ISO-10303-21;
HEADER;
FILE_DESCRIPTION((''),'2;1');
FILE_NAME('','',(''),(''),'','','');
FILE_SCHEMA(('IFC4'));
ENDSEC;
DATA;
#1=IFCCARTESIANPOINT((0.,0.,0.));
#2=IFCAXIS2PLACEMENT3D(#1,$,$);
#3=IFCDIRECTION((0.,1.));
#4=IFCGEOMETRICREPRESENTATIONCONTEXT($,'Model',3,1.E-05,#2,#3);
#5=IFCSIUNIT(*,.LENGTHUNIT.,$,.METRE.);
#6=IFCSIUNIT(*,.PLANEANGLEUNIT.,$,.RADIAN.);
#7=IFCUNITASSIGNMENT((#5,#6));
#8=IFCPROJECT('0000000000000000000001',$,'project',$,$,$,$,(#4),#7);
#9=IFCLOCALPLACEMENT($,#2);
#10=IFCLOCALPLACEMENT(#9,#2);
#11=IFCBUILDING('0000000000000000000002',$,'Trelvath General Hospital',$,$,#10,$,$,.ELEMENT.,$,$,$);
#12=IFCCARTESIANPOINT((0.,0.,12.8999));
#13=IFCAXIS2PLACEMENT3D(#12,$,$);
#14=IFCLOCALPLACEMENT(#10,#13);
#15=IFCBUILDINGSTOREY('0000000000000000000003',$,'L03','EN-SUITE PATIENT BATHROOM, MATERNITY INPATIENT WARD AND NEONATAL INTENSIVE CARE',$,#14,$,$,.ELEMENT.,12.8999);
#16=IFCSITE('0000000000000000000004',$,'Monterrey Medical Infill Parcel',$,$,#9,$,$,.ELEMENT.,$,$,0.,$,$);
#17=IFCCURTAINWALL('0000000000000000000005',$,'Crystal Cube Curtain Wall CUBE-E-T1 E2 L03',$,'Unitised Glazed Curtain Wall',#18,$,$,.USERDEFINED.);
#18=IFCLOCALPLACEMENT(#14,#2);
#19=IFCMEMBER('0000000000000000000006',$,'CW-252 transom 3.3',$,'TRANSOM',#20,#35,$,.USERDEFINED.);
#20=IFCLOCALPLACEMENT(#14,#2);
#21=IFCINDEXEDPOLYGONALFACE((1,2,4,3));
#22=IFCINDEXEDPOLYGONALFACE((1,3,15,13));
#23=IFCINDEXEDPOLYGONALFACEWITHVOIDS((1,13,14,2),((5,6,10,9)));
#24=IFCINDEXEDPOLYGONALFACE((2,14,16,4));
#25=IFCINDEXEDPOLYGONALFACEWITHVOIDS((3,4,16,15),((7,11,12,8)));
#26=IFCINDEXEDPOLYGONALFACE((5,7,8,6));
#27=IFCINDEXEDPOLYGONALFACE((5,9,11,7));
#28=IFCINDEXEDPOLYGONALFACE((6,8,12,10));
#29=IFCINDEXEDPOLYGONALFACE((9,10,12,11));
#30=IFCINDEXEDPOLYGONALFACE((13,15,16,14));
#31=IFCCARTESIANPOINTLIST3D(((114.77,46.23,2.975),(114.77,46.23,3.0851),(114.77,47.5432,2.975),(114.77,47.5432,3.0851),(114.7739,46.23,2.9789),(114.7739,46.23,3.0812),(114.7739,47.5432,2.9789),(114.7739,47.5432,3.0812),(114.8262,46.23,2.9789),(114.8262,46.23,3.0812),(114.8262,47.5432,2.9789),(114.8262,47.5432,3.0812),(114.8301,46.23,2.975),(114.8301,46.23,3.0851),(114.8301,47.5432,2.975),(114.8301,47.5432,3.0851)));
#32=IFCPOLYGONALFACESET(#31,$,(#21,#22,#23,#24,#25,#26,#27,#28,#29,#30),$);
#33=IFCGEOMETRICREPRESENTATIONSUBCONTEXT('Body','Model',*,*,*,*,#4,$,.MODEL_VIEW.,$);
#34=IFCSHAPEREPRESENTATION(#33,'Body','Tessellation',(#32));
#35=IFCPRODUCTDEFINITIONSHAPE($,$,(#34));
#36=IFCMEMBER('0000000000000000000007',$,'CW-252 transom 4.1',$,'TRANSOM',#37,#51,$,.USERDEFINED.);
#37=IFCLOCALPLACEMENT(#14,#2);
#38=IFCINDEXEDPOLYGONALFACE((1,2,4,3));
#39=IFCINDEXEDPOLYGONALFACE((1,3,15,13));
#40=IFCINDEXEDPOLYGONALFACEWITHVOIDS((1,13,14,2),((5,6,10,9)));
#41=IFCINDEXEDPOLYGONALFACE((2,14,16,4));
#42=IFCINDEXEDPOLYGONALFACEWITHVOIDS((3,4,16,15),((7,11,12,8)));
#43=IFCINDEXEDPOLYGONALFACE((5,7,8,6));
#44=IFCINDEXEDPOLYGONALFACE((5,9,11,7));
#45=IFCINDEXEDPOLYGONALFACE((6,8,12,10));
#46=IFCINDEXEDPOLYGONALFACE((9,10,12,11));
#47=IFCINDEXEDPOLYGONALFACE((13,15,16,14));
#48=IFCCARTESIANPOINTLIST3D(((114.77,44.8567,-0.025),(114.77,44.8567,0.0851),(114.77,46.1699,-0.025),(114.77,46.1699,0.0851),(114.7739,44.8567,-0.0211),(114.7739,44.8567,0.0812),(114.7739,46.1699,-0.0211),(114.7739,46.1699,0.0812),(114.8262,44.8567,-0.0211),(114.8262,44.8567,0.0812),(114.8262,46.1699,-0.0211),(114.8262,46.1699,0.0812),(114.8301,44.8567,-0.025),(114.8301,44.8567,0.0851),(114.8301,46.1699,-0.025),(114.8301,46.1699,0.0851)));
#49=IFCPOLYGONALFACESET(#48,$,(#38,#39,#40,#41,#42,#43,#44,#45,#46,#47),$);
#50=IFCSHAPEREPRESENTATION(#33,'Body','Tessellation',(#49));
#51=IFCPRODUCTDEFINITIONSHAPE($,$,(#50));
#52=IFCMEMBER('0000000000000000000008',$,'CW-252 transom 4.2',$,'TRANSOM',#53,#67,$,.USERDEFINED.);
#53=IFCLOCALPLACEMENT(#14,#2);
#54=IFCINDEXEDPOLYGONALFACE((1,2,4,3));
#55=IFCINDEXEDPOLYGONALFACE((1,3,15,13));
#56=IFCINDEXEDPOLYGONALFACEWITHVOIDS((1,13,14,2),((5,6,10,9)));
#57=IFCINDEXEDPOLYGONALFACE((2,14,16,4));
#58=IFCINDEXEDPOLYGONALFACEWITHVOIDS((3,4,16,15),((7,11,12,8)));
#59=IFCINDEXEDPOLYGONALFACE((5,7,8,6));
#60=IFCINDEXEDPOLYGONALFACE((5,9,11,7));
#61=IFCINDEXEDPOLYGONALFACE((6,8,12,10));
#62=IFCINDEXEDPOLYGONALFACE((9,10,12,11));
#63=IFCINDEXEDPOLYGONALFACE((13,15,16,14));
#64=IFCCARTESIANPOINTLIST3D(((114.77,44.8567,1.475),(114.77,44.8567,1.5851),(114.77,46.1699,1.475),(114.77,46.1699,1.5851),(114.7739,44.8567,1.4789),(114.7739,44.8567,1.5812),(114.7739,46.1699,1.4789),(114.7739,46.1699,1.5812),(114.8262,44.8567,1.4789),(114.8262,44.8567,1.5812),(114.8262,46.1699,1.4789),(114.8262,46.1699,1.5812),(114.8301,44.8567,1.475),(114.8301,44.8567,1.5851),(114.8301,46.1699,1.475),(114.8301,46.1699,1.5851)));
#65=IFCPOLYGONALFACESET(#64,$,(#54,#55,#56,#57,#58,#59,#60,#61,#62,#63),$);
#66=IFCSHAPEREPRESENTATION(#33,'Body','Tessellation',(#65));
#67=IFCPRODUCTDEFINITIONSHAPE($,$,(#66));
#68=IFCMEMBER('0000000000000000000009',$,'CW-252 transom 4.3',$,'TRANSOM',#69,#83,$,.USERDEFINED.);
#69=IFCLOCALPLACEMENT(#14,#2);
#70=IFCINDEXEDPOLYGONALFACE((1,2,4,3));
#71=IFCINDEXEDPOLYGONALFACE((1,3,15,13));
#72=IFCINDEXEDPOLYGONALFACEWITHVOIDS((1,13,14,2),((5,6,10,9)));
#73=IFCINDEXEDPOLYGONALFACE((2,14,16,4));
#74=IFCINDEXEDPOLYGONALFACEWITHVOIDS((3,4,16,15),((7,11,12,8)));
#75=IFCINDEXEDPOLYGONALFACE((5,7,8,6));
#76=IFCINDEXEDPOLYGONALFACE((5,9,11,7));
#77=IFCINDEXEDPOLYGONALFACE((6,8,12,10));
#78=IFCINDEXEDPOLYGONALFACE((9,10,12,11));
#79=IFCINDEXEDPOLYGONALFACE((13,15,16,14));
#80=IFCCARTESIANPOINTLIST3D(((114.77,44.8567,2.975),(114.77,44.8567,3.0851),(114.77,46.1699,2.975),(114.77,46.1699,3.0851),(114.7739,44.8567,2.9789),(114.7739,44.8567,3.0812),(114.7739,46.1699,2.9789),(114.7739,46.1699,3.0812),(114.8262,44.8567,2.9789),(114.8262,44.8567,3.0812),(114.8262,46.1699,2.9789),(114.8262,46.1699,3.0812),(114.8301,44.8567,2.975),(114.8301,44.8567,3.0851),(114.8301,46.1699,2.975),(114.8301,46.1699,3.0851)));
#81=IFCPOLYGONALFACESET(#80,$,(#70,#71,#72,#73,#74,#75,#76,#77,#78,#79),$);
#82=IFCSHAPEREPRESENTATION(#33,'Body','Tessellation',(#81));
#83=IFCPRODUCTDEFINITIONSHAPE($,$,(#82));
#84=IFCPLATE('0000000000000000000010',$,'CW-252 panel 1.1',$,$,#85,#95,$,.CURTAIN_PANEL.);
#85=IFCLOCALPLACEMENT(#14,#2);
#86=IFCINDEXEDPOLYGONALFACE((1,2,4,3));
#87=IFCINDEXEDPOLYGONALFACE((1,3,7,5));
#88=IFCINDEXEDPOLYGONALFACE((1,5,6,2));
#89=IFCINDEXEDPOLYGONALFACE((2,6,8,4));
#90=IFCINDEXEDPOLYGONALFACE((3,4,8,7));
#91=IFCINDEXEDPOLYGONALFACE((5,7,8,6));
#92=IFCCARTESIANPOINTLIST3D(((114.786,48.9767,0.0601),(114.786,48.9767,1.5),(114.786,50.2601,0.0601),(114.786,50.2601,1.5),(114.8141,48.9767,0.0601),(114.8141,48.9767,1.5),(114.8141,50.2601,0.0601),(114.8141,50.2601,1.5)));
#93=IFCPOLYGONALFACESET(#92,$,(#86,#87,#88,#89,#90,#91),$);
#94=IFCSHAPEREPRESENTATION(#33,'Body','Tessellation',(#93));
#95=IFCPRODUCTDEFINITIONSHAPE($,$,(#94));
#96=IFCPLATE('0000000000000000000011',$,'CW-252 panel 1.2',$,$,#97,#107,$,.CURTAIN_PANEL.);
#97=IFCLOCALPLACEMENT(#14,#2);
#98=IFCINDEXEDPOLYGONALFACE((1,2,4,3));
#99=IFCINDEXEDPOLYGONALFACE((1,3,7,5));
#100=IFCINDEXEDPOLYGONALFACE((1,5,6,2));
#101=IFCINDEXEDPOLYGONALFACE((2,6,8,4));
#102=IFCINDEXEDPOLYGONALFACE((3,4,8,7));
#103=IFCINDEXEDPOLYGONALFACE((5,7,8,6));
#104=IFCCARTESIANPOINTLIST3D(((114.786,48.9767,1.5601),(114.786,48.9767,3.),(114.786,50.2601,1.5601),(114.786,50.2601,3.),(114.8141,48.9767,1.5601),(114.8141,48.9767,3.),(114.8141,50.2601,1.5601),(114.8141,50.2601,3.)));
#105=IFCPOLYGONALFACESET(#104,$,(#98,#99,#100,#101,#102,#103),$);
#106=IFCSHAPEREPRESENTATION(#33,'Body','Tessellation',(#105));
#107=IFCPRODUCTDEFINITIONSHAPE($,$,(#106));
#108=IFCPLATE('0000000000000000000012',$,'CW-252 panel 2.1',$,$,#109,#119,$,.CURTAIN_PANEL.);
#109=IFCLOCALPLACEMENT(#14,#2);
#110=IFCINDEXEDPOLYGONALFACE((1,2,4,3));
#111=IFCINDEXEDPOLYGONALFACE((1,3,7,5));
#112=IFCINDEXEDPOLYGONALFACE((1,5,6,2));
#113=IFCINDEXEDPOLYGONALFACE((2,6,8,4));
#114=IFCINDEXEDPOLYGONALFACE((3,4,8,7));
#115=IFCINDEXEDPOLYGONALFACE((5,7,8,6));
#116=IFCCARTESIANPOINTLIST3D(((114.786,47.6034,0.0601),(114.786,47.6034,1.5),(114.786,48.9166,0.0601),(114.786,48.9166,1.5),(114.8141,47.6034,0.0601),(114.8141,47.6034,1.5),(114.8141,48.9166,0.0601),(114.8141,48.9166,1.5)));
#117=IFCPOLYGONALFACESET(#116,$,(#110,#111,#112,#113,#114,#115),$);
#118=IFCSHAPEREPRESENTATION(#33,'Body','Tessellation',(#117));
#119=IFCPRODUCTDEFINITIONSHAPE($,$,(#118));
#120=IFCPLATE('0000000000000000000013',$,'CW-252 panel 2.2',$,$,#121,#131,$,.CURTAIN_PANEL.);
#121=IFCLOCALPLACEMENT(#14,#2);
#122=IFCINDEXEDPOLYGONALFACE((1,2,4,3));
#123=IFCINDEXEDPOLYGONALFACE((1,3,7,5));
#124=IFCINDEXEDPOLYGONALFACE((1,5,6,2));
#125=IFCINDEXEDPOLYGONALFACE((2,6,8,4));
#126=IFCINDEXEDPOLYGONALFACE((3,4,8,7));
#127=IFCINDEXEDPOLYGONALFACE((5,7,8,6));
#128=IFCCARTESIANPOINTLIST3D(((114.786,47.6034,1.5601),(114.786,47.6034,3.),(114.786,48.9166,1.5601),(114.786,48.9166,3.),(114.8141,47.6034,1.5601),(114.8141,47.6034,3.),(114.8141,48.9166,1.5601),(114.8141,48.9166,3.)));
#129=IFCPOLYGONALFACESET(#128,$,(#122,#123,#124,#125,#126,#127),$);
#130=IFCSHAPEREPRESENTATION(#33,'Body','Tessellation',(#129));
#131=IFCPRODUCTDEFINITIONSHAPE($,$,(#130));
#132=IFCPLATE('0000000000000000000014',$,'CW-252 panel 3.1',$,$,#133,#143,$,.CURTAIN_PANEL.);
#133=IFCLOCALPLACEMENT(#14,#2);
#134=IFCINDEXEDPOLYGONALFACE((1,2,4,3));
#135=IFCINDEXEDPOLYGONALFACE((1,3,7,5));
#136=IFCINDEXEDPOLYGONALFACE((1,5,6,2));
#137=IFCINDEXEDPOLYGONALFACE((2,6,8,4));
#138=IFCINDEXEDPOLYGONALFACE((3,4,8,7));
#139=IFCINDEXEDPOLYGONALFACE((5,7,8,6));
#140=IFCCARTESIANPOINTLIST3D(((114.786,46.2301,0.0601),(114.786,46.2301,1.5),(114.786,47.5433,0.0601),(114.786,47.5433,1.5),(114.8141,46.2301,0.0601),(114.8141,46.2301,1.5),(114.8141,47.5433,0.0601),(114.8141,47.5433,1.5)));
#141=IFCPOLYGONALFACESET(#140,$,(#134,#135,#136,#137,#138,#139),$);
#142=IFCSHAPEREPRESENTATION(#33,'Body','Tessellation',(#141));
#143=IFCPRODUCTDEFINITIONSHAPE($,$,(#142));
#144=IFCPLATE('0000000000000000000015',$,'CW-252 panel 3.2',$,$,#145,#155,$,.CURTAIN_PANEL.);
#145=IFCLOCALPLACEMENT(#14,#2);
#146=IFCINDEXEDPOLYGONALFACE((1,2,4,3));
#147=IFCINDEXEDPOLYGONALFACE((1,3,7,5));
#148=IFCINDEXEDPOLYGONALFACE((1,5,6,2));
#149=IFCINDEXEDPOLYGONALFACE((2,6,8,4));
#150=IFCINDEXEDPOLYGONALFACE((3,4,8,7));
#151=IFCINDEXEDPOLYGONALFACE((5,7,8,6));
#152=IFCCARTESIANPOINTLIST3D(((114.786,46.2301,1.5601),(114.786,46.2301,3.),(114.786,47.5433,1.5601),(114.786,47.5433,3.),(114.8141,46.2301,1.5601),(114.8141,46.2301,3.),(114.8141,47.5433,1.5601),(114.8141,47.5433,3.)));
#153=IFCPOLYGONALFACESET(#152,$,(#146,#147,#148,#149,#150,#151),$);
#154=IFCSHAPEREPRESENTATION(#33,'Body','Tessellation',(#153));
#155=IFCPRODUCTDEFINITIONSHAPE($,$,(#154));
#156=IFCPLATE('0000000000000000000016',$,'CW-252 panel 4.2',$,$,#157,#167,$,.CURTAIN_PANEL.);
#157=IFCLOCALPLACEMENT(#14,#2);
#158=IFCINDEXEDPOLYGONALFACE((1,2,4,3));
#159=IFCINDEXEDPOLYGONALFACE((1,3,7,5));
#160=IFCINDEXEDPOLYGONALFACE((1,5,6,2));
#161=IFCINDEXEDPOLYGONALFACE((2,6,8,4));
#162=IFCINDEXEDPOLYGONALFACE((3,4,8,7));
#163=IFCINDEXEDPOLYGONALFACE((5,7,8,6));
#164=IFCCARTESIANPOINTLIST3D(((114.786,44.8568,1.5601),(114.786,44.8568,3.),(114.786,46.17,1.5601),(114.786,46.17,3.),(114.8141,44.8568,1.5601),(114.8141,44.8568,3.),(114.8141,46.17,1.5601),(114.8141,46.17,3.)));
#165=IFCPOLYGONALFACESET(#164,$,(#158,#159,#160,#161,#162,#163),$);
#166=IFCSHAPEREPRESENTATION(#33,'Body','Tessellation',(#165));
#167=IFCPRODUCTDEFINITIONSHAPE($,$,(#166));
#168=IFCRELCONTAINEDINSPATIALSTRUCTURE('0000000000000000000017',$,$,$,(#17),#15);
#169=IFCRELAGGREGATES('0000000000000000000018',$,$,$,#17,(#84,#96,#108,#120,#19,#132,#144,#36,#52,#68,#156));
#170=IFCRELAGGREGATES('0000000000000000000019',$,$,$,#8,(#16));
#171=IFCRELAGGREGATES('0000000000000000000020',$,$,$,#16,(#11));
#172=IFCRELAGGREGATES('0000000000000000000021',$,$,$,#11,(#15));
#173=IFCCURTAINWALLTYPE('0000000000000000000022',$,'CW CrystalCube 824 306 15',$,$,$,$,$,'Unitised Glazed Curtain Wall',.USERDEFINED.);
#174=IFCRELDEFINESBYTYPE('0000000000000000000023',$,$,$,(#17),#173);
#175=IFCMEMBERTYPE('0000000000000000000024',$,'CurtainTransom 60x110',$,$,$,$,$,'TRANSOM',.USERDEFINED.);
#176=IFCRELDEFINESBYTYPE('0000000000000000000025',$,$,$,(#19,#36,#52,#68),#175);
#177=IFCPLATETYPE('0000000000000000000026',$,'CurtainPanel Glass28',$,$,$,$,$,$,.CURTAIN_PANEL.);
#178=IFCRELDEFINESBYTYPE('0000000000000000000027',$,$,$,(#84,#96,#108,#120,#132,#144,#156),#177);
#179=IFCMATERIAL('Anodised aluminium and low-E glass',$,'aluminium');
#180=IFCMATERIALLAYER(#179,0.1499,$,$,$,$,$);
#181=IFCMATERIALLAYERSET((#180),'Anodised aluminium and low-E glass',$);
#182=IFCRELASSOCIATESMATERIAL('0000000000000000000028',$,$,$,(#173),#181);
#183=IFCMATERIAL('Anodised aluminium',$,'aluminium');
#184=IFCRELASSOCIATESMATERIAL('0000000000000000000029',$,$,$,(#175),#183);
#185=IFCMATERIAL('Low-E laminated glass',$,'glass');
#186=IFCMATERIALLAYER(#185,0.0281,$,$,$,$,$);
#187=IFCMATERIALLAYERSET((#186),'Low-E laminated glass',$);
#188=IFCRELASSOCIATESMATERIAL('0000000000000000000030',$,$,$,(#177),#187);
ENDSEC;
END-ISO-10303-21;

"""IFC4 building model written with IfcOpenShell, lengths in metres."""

from ifc_helpers import new_model, si_unit, direction, frame, origin, origin_2d, place, context, subcontext, project, spatial, rectangle, hollow_rectangle, extrude, material, layer, layer_set, material_profile, profile_set, type_object, element, aggregate, save


model = new_model("IFC4")

# Units and contexts
model_context = context("Model", 3, precision=1e-05, world=origin(), true_north=direction((0.0, 1.0)))
body_context = subcontext(model_context, "Body", "Model", "MODEL_VIEW")
ifc_project = project(units=[si_unit("LENGTHUNIT", "METRE"), si_unit("PLANEANGLEUNIT", "RADIAN")], contexts=[model_context])

# Site, building, storey
site_placement = place(None, origin())
site = spatial("IfcSite", under=ifc_project, at=site_placement, Name="Monterrey Medical Infill Parcel", CompositionType="ELEMENT", RefElevation=0.0)
building_placement = place(site_placement, origin())
building = spatial("IfcBuilding", under=site, at=building_placement, Name="Trelvath General Hospital", CompositionType="ELEMENT")
storey_placement = place(building_placement, frame((0.0, 0.0, 12.8999)))
storey = spatial("IfcBuildingStorey", under=building, at=storey_placement, Name="L03", Description="EN-SUITE PATIENT BATHROOM, MATERNITY INPATIENT WARD AND NEONATAL INTENSIVE CARE", CompositionType="ELEMENT", Elevation=12.8999)

# Curtain wall, members, plates
ifc_material_1 = material(Name="Anodised aluminium and low-E glass", Category="aluminium")
ifc_layer_1 = layer(ifc_material_1, 0.1499)
ifc_layer_set_1 = layer_set([ifc_layer_1], Name="Anodised aluminium and low-E glass")
curtain_wall_type = type_object("IfcCurtainWallType", Name="CW CrystalCube 824 306 15", ElementType="Unitised Glazed Curtain Wall", PredefinedType="USERDEFINED", material=ifc_layer_set_1)
curtain_wall_placement = place(storey_placement, origin())
curtain_wall = element("IfcCurtainWall", 1, at=curtain_wall_placement, inside=storey, type_object=curtain_wall_type, Name="Crystal Cube Curtain Wall CUBE-E-T1 E2 L03", ObjectType="Unitised Glazed Curtain Wall", PredefinedType="USERDEFINED")
ifc_material_2 = material(Name="Anodised aluminium", Category="aluminium")
ifc_material_profile_1 = material_profile(ifc_material_2, hollow_rectangle(XDim=0.0601, YDim=0.1101, WallThickness=0.0039, at=origin_2d()), Name="RHS60x110x4")
ifc_profile_set_1 = profile_set([ifc_material_profile_1], Name="Anodised aluminium")
member_type_1 = type_object("IfcMemberType", Name="CurtainTransom 60x110", ElementType="TRANSOM", PredefinedType="USERDEFINED", material=ifc_profile_set_1)
member_1_placement = place(storey_placement, frame((114.8, 47.5432, 3.03), z_axis=(0.0, -1.0, 0.0), x_axis=(1.0, 0.0, 0.0)))
member_1 = element("IfcMember", 2, at=member_1_placement, type_object=member_type_1, Name="CW-252 transom 3.3", ObjectType="TRANSOM", PredefinedType="USERDEFINED", context=body_context, shape_type="SweptSolid", body=[
    extrude(hollow_rectangle(XDim=0.0601, YDim=0.1101, WallThickness=0.0039, at=origin_2d()), origin(), (0.0, 0.0, 1.0), 1.3132),
])
member_2_placement = place(storey_placement, frame((114.8, 46.1699, 0.03), z_axis=(0.0, -1.0, 0.0), x_axis=(1.0, 0.0, 0.0)))
member_2 = element("IfcMember", 3, at=member_2_placement, type_object=member_type_1, Name="CW-252 transom 4.1", ObjectType="TRANSOM", PredefinedType="USERDEFINED", context=body_context, shape_type="SweptSolid", body=[
    extrude(hollow_rectangle(XDim=0.0601, YDim=0.1101, WallThickness=0.0039, at=origin_2d()), origin(), (0.0, 0.0, 1.0), 1.3132),
])
member_3_placement = place(storey_placement, frame((114.8, 46.1699, 1.53), z_axis=(0.0, -1.0, 0.0), x_axis=(1.0, 0.0, 0.0)))
member_3 = element("IfcMember", 4, at=member_3_placement, type_object=member_type_1, Name="CW-252 transom 4.2", ObjectType="TRANSOM", PredefinedType="USERDEFINED", context=body_context, shape_type="SweptSolid", body=[
    extrude(hollow_rectangle(XDim=0.0601, YDim=0.1101, WallThickness=0.0039, at=origin_2d()), origin(), (0.0, 0.0, 1.0), 1.3132),
])
member_4_placement = place(storey_placement, frame((114.8, 46.1699, 3.03), z_axis=(0.0, -1.0, 0.0), x_axis=(1.0, 0.0, 0.0)))
member_4 = element("IfcMember", 5, at=member_4_placement, type_object=member_type_1, Name="CW-252 transom 4.3", ObjectType="TRANSOM", PredefinedType="USERDEFINED", context=body_context, shape_type="SweptSolid", body=[
    extrude(hollow_rectangle(XDim=0.0601, YDim=0.1101, WallThickness=0.0039, at=origin_2d()), origin(), (0.0, 0.0, 1.0), 1.3132),
])
ifc_material_3 = material(Name="Low-E laminated glass", Category="glass")
ifc_layer_2 = layer(ifc_material_3, 0.0281)
ifc_layer_set_2 = layer_set([ifc_layer_2], Name="Low-E laminated glass")
plate_type = type_object("IfcPlateType", Name="CurtainPanel Glass28", PredefinedType="CURTAIN_PANEL", material=ifc_layer_set_2)
plate_1_placement = place(storey_placement, frame((114.8, 49.6184, 0.0601), z_axis=(0.0, 0.0, 1.0), x_axis=(0.0, -1.0, 0.0)))
plate_1 = element("IfcPlate", 6, at=plate_1_placement, type_object=plate_type, Name="CW-252 panel 1.1", PredefinedType="CURTAIN_PANEL", context=body_context, shape_type="SweptSolid", body=[
    extrude(rectangle(XDim=1.2834, YDim=0.0281, at=origin_2d()), origin(), (0.0, 0.0, 1.0), 1.4399),
])
plate_2_placement = place(storey_placement, frame((114.8, 49.6184, 1.5601), z_axis=(0.0, 0.0, 1.0), x_axis=(0.0, -1.0, 0.0)))
plate_2 = element("IfcPlate", 7, at=plate_2_placement, type_object=plate_type, Name="CW-252 panel 1.2", PredefinedType="CURTAIN_PANEL", context=body_context, shape_type="SweptSolid", body=[
    extrude(rectangle(XDim=1.2834, YDim=0.0281, at=origin_2d()), origin(), (0.0, 0.0, 1.0), 1.4399),
])
plate_3_placement = place(storey_placement, frame((114.8, 48.26, 0.0601), z_axis=(0.0, 0.0, 1.0), x_axis=(0.0, -1.0, 0.0)))
plate_3 = element("IfcPlate", 8, at=plate_3_placement, type_object=plate_type, Name="CW-252 panel 2.1", PredefinedType="CURTAIN_PANEL", context=body_context, shape_type="SweptSolid", body=[
    extrude(rectangle(XDim=1.3132, YDim=0.0281, at=origin_2d()), origin(), (0.0, 0.0, 1.0), 1.4399),
])
plate_4_placement = place(storey_placement, frame((114.8, 48.26, 1.5601), z_axis=(0.0, 0.0, 1.0), x_axis=(0.0, -1.0, 0.0)))
plate_4 = element("IfcPlate", 9, at=plate_4_placement, type_object=plate_type, Name="CW-252 panel 2.2", PredefinedType="CURTAIN_PANEL", context=body_context, shape_type="SweptSolid", body=[
    extrude(rectangle(XDim=1.3132, YDim=0.0281, at=origin_2d()), origin(), (0.0, 0.0, 1.0), 1.4399),
])
plate_5_placement = place(storey_placement, frame((114.8, 46.8867, 0.0601), z_axis=(0.0, 0.0, 1.0), x_axis=(0.0, -1.0, 0.0)))
plate_5 = element("IfcPlate", 10, at=plate_5_placement, type_object=plate_type, Name="CW-252 panel 3.1", PredefinedType="CURTAIN_PANEL", context=body_context, shape_type="SweptSolid", body=[
    extrude(rectangle(XDim=1.3132, YDim=0.0281, at=origin_2d()), origin(), (0.0, 0.0, 1.0), 1.4399),
])
plate_6_placement = place(storey_placement, frame((114.8, 46.8867, 1.5601), z_axis=(0.0, 0.0, 1.0), x_axis=(0.0, -1.0, 0.0)))
plate_6 = element("IfcPlate", 11, at=plate_6_placement, type_object=plate_type, Name="CW-252 panel 3.2", PredefinedType="CURTAIN_PANEL", context=body_context, shape_type="SweptSolid", body=[
    extrude(rectangle(XDim=1.3132, YDim=0.0281, at=origin_2d()), origin(), (0.0, 0.0, 1.0), 1.4399),
])
plate_7_placement = place(storey_placement, frame((114.8, 45.5134, 1.5601), z_axis=(0.0, 0.0, 1.0), x_axis=(0.0, -1.0, 0.0)))
plate_7 = element("IfcPlate", 12, at=plate_7_placement, type_object=plate_type, Name="CW-252 panel 4.2", PredefinedType="CURTAIN_PANEL", context=body_context, shape_type="SweptSolid", body=[
    extrude(rectangle(XDim=1.3132, YDim=0.0281, at=origin_2d()), origin(), (0.0, 0.0, 1.0), 1.4399),
])
aggregate(curtain_wall, [plate_1, plate_2, plate_3, plate_4, member_1, plate_5, plate_6, member_2, member_3, member_4, plate_7])

save(model, "model.ifc")
